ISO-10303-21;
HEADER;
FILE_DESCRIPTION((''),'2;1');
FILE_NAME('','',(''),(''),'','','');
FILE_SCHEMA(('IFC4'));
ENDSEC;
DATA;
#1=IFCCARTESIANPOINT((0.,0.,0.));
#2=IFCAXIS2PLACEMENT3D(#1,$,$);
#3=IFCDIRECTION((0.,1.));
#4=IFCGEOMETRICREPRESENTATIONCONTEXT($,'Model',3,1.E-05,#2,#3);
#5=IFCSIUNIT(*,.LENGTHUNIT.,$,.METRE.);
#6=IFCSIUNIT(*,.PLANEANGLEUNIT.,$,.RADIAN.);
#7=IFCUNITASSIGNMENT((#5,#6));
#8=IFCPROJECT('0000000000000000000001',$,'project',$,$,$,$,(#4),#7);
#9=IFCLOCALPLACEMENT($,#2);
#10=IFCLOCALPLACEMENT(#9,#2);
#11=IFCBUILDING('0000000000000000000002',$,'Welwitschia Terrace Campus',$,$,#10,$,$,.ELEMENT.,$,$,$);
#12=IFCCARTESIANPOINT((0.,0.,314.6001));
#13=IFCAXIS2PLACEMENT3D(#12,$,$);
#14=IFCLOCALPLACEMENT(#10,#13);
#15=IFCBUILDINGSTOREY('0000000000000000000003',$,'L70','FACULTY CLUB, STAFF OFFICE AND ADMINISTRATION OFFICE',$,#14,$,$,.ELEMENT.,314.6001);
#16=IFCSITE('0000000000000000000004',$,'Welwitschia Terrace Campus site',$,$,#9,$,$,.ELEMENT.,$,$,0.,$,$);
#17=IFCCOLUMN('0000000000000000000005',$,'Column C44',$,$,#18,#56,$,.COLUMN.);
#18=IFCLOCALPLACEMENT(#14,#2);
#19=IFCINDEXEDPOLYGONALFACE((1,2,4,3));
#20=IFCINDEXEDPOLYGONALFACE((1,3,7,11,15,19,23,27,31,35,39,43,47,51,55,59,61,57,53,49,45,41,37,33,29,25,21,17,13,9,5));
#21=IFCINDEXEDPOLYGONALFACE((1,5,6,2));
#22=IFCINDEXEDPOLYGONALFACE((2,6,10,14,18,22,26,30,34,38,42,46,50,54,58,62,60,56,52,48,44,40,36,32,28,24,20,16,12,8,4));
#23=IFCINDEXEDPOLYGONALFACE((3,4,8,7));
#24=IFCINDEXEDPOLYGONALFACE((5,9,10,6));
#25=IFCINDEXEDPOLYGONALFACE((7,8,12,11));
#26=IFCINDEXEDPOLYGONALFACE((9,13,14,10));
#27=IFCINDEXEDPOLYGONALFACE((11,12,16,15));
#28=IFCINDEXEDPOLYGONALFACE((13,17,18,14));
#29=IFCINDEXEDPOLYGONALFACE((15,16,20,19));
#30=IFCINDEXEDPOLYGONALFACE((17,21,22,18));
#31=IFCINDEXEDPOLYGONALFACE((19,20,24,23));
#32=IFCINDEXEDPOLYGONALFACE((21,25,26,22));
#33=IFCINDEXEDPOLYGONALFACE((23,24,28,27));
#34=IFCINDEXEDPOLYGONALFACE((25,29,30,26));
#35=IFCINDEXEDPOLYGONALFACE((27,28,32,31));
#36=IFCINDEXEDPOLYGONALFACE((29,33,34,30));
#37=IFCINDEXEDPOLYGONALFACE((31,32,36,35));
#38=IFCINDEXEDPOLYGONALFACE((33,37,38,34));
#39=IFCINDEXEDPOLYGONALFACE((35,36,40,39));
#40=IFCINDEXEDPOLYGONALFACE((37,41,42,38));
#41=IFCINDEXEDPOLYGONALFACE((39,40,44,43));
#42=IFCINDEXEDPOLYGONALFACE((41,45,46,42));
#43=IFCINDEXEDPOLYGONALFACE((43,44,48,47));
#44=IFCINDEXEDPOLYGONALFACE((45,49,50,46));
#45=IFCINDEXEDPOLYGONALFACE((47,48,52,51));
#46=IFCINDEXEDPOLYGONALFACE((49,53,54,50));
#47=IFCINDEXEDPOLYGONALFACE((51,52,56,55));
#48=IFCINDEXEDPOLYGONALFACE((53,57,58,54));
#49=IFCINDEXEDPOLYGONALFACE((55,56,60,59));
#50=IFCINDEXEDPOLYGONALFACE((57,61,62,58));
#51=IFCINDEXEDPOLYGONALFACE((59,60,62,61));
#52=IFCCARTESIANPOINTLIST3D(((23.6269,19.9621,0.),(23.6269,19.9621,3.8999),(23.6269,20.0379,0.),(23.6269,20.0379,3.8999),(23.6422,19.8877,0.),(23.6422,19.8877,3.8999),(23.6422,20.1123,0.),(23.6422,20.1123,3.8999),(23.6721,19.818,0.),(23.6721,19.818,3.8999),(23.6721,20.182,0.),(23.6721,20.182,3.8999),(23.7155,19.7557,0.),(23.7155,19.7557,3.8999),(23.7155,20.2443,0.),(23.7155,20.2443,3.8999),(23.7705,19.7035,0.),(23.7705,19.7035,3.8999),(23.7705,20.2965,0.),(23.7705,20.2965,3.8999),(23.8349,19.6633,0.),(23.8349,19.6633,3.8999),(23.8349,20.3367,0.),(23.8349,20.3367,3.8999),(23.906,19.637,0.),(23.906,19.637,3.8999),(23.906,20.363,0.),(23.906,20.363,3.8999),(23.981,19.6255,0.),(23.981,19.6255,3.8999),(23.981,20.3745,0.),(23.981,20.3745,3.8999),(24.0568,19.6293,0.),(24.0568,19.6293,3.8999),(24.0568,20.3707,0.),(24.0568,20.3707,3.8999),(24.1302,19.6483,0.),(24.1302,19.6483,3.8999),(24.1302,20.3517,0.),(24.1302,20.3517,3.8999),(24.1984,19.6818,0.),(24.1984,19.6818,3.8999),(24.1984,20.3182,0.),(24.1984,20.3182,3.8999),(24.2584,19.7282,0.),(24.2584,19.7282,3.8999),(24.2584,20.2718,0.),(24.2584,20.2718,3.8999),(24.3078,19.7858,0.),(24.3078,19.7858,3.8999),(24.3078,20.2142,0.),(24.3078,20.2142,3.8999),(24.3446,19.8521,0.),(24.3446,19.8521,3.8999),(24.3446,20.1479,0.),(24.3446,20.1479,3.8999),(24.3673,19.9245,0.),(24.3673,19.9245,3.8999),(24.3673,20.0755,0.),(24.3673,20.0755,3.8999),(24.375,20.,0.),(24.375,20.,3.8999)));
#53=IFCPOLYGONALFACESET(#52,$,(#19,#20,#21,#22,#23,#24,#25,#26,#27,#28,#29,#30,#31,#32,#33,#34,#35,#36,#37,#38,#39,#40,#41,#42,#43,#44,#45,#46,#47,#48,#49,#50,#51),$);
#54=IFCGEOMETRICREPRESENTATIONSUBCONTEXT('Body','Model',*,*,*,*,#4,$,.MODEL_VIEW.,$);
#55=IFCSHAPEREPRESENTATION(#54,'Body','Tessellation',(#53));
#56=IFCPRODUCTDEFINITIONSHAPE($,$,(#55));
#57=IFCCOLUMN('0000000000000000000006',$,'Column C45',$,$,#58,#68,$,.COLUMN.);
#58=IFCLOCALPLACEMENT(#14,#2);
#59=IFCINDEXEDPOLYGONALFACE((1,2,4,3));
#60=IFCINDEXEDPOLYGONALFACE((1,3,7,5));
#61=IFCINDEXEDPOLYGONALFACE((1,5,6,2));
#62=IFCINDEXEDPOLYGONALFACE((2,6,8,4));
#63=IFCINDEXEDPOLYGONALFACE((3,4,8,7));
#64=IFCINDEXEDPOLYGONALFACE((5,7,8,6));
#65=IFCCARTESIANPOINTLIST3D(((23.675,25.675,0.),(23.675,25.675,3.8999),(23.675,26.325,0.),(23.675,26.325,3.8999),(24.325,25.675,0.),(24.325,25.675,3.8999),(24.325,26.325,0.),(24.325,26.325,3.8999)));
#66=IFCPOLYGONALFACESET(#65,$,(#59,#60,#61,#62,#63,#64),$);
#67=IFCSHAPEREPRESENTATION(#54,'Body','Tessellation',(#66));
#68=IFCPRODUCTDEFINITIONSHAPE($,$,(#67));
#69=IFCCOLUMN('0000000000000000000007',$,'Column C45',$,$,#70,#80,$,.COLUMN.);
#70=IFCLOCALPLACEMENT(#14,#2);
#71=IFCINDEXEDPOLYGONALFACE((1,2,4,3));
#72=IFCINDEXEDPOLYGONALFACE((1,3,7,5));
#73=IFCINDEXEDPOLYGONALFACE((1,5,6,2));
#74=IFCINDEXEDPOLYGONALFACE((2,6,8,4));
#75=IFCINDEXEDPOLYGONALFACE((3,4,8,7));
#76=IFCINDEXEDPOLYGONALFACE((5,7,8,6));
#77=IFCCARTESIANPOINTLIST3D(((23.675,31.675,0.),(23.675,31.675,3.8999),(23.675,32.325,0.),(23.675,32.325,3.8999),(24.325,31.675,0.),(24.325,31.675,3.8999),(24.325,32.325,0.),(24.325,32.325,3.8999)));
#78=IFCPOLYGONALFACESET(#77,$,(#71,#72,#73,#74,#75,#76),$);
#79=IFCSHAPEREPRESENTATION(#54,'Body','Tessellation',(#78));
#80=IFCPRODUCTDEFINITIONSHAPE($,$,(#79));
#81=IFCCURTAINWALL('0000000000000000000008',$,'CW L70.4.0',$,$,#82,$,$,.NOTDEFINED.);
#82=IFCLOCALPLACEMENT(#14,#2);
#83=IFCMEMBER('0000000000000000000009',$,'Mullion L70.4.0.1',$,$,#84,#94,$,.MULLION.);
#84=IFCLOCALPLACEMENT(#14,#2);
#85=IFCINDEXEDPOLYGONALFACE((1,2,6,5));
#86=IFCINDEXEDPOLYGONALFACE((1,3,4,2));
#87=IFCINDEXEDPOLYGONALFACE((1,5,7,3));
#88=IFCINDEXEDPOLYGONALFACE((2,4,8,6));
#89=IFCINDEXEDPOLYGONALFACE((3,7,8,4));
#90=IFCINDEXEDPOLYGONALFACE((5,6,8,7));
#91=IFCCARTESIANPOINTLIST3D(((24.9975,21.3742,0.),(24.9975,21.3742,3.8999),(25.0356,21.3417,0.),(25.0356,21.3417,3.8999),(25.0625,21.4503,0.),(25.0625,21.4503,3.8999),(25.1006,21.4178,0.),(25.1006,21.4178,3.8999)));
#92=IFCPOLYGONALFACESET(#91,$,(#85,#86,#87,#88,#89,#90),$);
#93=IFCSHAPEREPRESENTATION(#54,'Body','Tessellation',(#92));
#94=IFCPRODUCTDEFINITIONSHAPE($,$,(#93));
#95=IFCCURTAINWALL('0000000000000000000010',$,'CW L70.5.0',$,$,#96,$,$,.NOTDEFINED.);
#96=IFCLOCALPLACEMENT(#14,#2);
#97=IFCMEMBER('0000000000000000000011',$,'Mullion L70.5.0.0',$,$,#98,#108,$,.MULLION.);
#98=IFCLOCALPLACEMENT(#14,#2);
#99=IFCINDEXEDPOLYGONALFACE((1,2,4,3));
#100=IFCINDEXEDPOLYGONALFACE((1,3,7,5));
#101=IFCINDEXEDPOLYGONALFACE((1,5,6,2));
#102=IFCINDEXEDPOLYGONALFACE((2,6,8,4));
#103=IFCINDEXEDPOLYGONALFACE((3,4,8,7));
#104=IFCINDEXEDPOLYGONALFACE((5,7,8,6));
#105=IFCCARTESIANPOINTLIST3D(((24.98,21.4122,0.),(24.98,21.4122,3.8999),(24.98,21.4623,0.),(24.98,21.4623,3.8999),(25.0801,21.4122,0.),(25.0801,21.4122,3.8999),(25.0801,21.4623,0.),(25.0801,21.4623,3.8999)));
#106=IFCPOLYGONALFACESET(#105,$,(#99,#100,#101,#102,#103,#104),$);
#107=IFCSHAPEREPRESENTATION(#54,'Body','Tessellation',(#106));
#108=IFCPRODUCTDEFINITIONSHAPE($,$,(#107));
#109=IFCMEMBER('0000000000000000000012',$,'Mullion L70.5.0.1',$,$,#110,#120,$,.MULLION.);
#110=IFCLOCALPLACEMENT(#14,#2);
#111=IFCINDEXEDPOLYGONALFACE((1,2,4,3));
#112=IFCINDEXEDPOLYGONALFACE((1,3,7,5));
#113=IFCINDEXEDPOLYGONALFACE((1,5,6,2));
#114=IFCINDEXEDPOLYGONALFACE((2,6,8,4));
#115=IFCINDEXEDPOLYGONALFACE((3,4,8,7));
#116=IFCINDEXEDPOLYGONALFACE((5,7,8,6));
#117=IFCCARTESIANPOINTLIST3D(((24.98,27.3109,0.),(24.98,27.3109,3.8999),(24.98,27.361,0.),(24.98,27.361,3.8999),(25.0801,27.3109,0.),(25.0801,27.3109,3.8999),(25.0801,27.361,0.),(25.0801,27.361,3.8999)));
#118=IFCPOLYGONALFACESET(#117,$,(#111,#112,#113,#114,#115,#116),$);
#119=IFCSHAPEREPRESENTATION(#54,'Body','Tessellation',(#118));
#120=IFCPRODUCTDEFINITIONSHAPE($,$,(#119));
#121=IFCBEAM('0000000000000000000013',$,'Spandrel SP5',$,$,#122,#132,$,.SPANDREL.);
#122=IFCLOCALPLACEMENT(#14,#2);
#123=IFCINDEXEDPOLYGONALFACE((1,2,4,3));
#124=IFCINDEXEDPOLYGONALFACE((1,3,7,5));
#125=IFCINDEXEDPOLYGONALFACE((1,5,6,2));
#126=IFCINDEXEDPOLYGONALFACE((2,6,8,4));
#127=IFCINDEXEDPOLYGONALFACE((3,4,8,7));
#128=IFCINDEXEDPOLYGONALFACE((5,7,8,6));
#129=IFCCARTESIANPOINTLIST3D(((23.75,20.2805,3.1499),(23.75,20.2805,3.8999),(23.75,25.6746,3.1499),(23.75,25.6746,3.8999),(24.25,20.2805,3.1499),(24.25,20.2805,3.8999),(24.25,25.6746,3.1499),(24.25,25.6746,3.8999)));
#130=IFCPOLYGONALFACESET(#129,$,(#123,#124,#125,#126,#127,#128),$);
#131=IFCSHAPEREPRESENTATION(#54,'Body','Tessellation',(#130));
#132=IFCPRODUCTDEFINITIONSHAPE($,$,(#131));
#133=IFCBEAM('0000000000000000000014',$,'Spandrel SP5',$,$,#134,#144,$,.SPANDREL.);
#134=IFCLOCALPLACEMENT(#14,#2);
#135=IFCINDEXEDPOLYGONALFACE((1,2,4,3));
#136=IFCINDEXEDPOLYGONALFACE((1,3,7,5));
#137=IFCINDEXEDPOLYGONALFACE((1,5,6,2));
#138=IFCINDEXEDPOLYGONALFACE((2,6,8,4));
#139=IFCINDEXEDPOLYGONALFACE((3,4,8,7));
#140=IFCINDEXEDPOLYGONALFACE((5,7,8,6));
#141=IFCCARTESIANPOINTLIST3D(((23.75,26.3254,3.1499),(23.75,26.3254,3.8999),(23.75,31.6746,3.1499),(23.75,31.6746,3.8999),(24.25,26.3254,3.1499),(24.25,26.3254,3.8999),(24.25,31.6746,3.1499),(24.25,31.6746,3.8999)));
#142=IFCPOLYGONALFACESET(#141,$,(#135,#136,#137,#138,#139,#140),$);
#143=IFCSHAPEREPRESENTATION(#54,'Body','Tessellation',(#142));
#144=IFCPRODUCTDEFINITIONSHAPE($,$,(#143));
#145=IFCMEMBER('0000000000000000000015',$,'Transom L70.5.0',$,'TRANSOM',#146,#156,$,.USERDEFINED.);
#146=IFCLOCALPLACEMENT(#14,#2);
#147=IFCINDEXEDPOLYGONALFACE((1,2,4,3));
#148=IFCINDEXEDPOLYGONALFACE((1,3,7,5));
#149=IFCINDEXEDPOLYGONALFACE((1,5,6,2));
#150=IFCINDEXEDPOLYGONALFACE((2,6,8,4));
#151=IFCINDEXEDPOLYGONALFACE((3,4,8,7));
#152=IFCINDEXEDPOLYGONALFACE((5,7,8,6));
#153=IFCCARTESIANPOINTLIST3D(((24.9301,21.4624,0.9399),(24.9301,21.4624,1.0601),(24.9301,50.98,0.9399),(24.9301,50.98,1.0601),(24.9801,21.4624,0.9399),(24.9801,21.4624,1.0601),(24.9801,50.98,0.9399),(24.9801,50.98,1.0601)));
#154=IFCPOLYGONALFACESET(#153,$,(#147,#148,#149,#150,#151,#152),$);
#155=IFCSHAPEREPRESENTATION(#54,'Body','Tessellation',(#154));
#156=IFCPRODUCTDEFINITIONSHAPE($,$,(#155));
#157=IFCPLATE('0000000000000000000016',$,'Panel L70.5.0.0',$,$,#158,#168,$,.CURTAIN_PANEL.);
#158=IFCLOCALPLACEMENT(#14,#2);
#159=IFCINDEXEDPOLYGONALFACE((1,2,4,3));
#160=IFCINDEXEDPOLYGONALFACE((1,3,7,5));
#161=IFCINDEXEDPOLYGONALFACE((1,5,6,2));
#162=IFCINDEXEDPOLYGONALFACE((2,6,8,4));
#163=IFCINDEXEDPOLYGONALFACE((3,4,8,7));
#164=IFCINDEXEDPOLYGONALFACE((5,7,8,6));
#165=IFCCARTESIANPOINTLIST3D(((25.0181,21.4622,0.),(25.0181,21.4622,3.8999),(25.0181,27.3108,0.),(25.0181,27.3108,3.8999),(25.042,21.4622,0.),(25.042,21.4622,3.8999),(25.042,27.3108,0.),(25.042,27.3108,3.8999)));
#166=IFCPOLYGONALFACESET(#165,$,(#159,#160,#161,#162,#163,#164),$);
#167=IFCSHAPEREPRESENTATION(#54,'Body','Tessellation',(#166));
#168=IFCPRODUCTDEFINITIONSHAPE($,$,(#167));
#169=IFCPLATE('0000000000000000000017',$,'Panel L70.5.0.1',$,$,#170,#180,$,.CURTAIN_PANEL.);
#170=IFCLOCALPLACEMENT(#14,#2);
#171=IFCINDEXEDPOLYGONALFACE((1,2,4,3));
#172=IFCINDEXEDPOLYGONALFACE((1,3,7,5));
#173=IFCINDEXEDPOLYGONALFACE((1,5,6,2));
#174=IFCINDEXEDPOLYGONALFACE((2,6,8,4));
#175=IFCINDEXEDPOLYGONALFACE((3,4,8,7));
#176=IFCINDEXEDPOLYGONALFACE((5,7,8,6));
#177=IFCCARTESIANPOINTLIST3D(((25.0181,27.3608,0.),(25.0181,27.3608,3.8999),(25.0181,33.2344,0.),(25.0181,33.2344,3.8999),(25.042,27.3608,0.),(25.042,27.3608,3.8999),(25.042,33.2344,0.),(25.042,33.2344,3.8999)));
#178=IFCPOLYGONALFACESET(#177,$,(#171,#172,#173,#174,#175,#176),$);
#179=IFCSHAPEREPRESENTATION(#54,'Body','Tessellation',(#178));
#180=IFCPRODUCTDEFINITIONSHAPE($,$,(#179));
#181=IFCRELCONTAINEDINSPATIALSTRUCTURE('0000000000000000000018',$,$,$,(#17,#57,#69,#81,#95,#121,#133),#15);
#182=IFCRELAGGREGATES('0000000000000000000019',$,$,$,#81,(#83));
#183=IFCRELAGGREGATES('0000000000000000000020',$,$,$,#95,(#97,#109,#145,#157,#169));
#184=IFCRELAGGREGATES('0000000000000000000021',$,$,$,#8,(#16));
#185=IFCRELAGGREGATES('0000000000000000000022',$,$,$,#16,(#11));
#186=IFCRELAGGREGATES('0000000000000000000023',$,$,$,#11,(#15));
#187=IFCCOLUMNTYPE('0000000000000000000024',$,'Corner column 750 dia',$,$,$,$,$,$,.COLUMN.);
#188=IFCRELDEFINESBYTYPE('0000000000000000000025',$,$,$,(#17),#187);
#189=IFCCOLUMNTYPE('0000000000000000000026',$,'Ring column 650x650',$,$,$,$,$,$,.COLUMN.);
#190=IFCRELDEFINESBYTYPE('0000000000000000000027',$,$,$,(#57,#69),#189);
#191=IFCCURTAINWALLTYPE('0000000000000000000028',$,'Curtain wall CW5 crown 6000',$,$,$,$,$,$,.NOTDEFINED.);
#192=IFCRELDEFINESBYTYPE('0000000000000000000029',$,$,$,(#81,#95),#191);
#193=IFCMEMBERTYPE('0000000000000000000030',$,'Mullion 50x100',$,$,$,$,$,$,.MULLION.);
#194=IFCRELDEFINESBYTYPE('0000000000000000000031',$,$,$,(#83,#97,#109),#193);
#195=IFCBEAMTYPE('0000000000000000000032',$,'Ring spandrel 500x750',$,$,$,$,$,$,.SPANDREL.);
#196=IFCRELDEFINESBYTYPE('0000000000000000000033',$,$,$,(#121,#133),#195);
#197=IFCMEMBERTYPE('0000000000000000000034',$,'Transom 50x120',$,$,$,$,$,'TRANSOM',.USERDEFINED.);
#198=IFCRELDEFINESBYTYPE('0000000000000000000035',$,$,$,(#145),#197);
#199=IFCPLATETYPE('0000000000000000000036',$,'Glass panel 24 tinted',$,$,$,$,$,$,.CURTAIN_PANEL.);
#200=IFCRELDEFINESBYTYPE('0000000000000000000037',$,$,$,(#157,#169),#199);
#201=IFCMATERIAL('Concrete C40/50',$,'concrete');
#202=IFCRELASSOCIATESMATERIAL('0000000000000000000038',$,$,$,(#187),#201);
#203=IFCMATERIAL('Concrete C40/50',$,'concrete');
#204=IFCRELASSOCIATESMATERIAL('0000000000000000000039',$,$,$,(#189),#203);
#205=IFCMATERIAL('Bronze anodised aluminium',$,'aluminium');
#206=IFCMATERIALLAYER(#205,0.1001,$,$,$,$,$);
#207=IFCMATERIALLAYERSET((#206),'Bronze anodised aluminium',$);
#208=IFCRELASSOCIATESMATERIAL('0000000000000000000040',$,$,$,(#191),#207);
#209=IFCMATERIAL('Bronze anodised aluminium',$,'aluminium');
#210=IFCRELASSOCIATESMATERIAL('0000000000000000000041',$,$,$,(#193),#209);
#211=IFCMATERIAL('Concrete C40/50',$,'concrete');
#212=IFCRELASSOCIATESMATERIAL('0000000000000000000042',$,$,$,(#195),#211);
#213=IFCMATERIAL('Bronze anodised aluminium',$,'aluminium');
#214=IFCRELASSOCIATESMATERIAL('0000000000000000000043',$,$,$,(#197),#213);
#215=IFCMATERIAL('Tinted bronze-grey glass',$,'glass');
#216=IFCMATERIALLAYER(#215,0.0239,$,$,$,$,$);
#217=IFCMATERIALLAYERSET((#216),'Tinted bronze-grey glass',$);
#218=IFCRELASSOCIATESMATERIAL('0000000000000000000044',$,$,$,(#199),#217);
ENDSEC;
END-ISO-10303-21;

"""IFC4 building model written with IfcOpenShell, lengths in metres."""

from ifc_helpers import new_model, si_unit, direction, frame, origin, origin_2d, place, context, subcontext, project, spatial, rectangle, circle, extrude, material, layer, layer_set, material_profile, profile_set, type_object, element, aggregate, save


model = new_model("IFC4")

# Units and contexts
model_context = context("Model", 3, precision=1e-05, world=origin(), true_north=direction((0.0, 1.0)))
body_context = subcontext(model_context, "Body", "Model", "MODEL_VIEW")
ifc_project = project(units=[si_unit("LENGTHUNIT", "METRE"), si_unit("PLANEANGLEUNIT", "RADIAN")], contexts=[model_context])

# Site, building, storey
site_placement = place(None, origin())
site = spatial("IfcSite", under=ifc_project, at=site_placement, Name="Welwitschia Terrace Campus site", CompositionType="ELEMENT", RefElevation=0.0)
building_placement = place(site_placement, origin())
building = spatial("IfcBuilding", under=site, at=building_placement, Name="Welwitschia Terrace Campus", CompositionType="ELEMENT")
storey_placement = place(building_placement, frame((0.0, 0.0, 314.6001)))
storey = spatial("IfcBuildingStorey", under=building, at=storey_placement, Name="L70", Description="FACULTY CLUB, STAFF OFFICE AND ADMINISTRATION OFFICE", CompositionType="ELEMENT", Elevation=314.6001)

# Columns
ifc_material_1 = material(Name="Concrete C40/50", Category="concrete")
ifc_material_profile_1 = material_profile(ifc_material_1, circle(Radius=0.375, at=origin_2d()))
ifc_profile_set_1 = profile_set([ifc_material_profile_1], Name="Concrete C40/50")
column_type_1 = type_object("IfcColumnType", Name="Corner column 750 dia", PredefinedType="COLUMN", material=ifc_profile_set_1)
column_placement = place(storey_placement, frame((24.0, 20.0, 0.0), z_axis=(0.0, 0.0, 1.0), x_axis=(1.0, 0.0, 0.0)))
element("IfcColumn", 1, at=column_placement, inside=storey, type_object=column_type_1, Name="Column C44", PredefinedType="COLUMN", context=body_context, shape_type="SweptSolid", body=[
    extrude(circle(Radius=0.375, at=origin_2d()), origin(), (0.0, 0.0, 1.0), 3.8999),
])
ifc_material_2 = material(Name="Concrete C40/50", Category="concrete")
ifc_material_profile_2 = material_profile(ifc_material_2, rectangle(XDim=0.6499, YDim=0.6499, at=origin_2d()))
ifc_profile_set_2 = profile_set([ifc_material_profile_2], Name="Concrete C40/50")
column_type_2 = type_object("IfcColumnType", Name="Ring column 650x650", PredefinedType="COLUMN", material=ifc_profile_set_2)
for number, where, z_axis, x_axis, name in (
    (2, (24.0, 26.0, 0.0), (0.0, 0.0, 1.0), (1.0, 0.0, 0.0), "Column C45"),
    (3, (24.0, 32.0, 0.0), (0.0, 0.0, 1.0), (1.0, 0.0, 0.0), "Column C45"),
):
    element("IfcColumn", number, at=place(storey_placement, frame(where, z_axis=z_axis, x_axis=x_axis)), inside=storey, type_object=column_type_2, Name=name, PredefinedType="COLUMN", context=body_context, shape_type="SweptSolid", body=[
        extrude(rectangle(XDim=0.6499, YDim=0.6499, at=origin_2d()), origin(), (0.0, 0.0, 1.0), 3.8999),
    ])

# Curtain wall, member
ifc_material_3 = material(Name="Bronze anodised aluminium", Category="aluminium")
ifc_layer_1 = layer(ifc_material_3, 0.1001)
ifc_layer_set_1 = layer_set([ifc_layer_1], Name="Bronze anodised aluminium")
curtain_wall_type = type_object("IfcCurtainWallType", Name="Curtain wall CW5 crown 6000", PredefinedType="NOTDEFINED", material=ifc_layer_set_1)
curtain_wall_1_placement = place(storey_placement, origin())
curtain_wall_1 = element("IfcCurtainWall", 4, at=curtain_wall_1_placement, inside=storey, type_object=curtain_wall_type, Name="CW L70.4.0", PredefinedType="NOTDEFINED")
ifc_material_4 = material(Name="Bronze anodised aluminium", Category="aluminium")
ifc_material_profile_3 = material_profile(ifc_material_4, rectangle(XDim=0.1001, YDim=0.05, at=origin_2d()))
ifc_profile_set_3 = profile_set([ifc_material_profile_3], Name="Bronze anodised aluminium")
member_type_1 = type_object("IfcMemberType", Name="Mullion 50x100", PredefinedType="MULLION", material=ifc_profile_set_3)
member_1_placement = place(storey_placement, frame((25.0491, 21.396, 0.0), z_axis=(0.0, 0.0, 1.0), x_axis=(-0.649448, -0.760406, 0.0)))
member_1 = element("IfcMember", 5, at=member_1_placement, type_object=member_type_1, Name="Mullion L70.4.0.1", PredefinedType="MULLION", context=body_context, shape_type="SweptSolid", body=[
    extrude(rectangle(XDim=0.1001, YDim=0.05, at=origin_2d()), origin(), (0.0, 0.0, 1.0), 3.8999),
])
aggregate(curtain_wall_1, [member_1])

# Curtain wall, members
curtain_wall_2_placement = place(storey_placement, origin())
curtain_wall_2 = element("IfcCurtainWall", 6, at=curtain_wall_2_placement, inside=storey, type_object=curtain_wall_type, Name="CW L70.5.0", PredefinedType="NOTDEFINED")
member_2_placement = place(storey_placement, frame((25.03, 21.4373, 0.0), z_axis=(0.0, 0.0, 1.0), x_axis=(-1.0, 0.0, 0.0)))
member_2 = element("IfcMember", 7, at=member_2_placement, type_object=member_type_1, Name="Mullion L70.5.0.0", PredefinedType="MULLION", context=body_context, shape_type="SweptSolid", body=[
    extrude(rectangle(XDim=0.1001, YDim=0.05, at=origin_2d()), origin(), (0.0, 0.0, 1.0), 3.8999),
])
member_3_placement = place(storey_placement, frame((25.03, 27.3359, 0.0), z_axis=(0.0, 0.0, 1.0), x_axis=(-1.0, 0.0, 0.0)))
member_3 = element("IfcMember", 8, at=member_3_placement, type_object=member_type_1, Name="Mullion L70.5.0.1", PredefinedType="MULLION", context=body_context, shape_type="SweptSolid", body=[
    extrude(rectangle(XDim=0.1001, YDim=0.05, at=origin_2d()), origin(), (0.0, 0.0, 1.0), 3.8999),
])

# Beams
ifc_material_5 = material(Name="Concrete C40/50", Category="concrete")
ifc_material_profile_4 = material_profile(ifc_material_5, rectangle(XDim=0.5, YDim=0.75, at=origin_2d()))
ifc_profile_set_4 = profile_set([ifc_material_profile_4], Name="Concrete C40/50")
beam_type = type_object("IfcBeamType", Name="Ring spandrel 500x750", PredefinedType="SPANDREL", material=ifc_profile_set_4)
beam_1_placement = place(storey_placement, frame((24.0, 20.2805, 3.5249), z_axis=(0.0, 1.0, 0.0), x_axis=(-1.0, 0.0, 0.0)))
element("IfcBeam", 9, at=beam_1_placement, inside=storey, type_object=beam_type, Name="Spandrel SP5", PredefinedType="SPANDREL", context=body_context, shape_type="SweptSolid", body=[
    extrude(rectangle(XDim=0.5, YDim=0.75, at=origin_2d()), origin(), (0.0, 0.0, 1.0), 5.394),
])
beam_2_placement = place(storey_placement, frame((24.0, 26.3254, 3.5249), z_axis=(0.0, 1.0, 0.0), x_axis=(-1.0, 0.0, 0.0)))
element("IfcBeam", 10, at=beam_2_placement, inside=storey, type_object=beam_type, Name="Spandrel SP5", PredefinedType="SPANDREL", context=body_context, shape_type="SweptSolid", body=[
    extrude(rectangle(XDim=0.5, YDim=0.75, at=origin_2d()), origin(), (0.0, 0.0, 1.0), 5.3491),
])

# Member
ifc_material_6 = material(Name="Bronze anodised aluminium", Category="aluminium")
ifc_material_profile_5 = material_profile(ifc_material_6, rectangle(XDim=0.05, YDim=0.1201, at=origin_2d()))
ifc_profile_set_5 = profile_set([ifc_material_profile_5], Name="Bronze anodised aluminium")
member_type_2 = type_object("IfcMemberType", Name="Transom 50x120", ElementType="TRANSOM", PredefinedType="USERDEFINED", material=ifc_profile_set_5)
member_4_placement = place(storey_placement, frame((24.9551, 21.4624, 1.0), z_axis=(0.0, 1.0, 0.0), x_axis=(-1.0, 0.0, 0.0)))
member_4 = element("IfcMember", 11, at=member_4_placement, type_object=member_type_2, Name="Transom L70.5.0", ObjectType="TRANSOM", PredefinedType="USERDEFINED", context=body_context, shape_type="SweptSolid", body=[
    extrude(rectangle(XDim=0.05, YDim=0.1201, at=origin_2d()), origin(), (0.0, 0.0, 1.0), 29.5176),
])

# Plates
ifc_material_7 = material(Name="Tinted bronze-grey glass", Category="glass")
ifc_layer_2 = layer(ifc_material_7, 0.0239)
ifc_layer_set_2 = layer_set([ifc_layer_2], Name="Tinted bronze-grey glass")
plate_type = type_object("IfcPlateType", Name="Glass panel 24 tinted", PredefinedType="CURTAIN_PANEL", material=ifc_layer_set_2)
plate_1_placement = place(storey_placement, frame((25.03, 24.3865, 0.0), z_axis=(0.0, 0.0, 1.0), x_axis=(0.0, 1.0, 0.0)))
plate_1 = element("IfcPlate", 12, at=plate_1_placement, type_object=plate_type, Name="Panel L70.5.0.0", PredefinedType="CURTAIN_PANEL", context=body_context, shape_type="SweptSolid", body=[
    extrude(rectangle(XDim=5.8486, YDim=0.0239, at=origin_2d()), origin(), (0.0, 0.0, 1.0), 3.8999),
])
plate_2_placement = place(storey_placement, frame((25.03, 30.2976, 0.0), z_axis=(0.0, 0.0, 1.0), x_axis=(0.0, 1.0, 0.0)))
plate_2 = element("IfcPlate", 13, at=plate_2_placement, type_object=plate_type, Name="Panel L70.5.0.1", PredefinedType="CURTAIN_PANEL", context=body_context, shape_type="SweptSolid", body=[
    extrude(rectangle(XDim=5.8735, YDim=0.0239, at=origin_2d()), origin(), (0.0, 0.0, 1.0), 3.8999),
])
aggregate(curtain_wall_2, [member_2, member_3, member_4, plate_1, plate_2])

save(model, "model.ifc")
